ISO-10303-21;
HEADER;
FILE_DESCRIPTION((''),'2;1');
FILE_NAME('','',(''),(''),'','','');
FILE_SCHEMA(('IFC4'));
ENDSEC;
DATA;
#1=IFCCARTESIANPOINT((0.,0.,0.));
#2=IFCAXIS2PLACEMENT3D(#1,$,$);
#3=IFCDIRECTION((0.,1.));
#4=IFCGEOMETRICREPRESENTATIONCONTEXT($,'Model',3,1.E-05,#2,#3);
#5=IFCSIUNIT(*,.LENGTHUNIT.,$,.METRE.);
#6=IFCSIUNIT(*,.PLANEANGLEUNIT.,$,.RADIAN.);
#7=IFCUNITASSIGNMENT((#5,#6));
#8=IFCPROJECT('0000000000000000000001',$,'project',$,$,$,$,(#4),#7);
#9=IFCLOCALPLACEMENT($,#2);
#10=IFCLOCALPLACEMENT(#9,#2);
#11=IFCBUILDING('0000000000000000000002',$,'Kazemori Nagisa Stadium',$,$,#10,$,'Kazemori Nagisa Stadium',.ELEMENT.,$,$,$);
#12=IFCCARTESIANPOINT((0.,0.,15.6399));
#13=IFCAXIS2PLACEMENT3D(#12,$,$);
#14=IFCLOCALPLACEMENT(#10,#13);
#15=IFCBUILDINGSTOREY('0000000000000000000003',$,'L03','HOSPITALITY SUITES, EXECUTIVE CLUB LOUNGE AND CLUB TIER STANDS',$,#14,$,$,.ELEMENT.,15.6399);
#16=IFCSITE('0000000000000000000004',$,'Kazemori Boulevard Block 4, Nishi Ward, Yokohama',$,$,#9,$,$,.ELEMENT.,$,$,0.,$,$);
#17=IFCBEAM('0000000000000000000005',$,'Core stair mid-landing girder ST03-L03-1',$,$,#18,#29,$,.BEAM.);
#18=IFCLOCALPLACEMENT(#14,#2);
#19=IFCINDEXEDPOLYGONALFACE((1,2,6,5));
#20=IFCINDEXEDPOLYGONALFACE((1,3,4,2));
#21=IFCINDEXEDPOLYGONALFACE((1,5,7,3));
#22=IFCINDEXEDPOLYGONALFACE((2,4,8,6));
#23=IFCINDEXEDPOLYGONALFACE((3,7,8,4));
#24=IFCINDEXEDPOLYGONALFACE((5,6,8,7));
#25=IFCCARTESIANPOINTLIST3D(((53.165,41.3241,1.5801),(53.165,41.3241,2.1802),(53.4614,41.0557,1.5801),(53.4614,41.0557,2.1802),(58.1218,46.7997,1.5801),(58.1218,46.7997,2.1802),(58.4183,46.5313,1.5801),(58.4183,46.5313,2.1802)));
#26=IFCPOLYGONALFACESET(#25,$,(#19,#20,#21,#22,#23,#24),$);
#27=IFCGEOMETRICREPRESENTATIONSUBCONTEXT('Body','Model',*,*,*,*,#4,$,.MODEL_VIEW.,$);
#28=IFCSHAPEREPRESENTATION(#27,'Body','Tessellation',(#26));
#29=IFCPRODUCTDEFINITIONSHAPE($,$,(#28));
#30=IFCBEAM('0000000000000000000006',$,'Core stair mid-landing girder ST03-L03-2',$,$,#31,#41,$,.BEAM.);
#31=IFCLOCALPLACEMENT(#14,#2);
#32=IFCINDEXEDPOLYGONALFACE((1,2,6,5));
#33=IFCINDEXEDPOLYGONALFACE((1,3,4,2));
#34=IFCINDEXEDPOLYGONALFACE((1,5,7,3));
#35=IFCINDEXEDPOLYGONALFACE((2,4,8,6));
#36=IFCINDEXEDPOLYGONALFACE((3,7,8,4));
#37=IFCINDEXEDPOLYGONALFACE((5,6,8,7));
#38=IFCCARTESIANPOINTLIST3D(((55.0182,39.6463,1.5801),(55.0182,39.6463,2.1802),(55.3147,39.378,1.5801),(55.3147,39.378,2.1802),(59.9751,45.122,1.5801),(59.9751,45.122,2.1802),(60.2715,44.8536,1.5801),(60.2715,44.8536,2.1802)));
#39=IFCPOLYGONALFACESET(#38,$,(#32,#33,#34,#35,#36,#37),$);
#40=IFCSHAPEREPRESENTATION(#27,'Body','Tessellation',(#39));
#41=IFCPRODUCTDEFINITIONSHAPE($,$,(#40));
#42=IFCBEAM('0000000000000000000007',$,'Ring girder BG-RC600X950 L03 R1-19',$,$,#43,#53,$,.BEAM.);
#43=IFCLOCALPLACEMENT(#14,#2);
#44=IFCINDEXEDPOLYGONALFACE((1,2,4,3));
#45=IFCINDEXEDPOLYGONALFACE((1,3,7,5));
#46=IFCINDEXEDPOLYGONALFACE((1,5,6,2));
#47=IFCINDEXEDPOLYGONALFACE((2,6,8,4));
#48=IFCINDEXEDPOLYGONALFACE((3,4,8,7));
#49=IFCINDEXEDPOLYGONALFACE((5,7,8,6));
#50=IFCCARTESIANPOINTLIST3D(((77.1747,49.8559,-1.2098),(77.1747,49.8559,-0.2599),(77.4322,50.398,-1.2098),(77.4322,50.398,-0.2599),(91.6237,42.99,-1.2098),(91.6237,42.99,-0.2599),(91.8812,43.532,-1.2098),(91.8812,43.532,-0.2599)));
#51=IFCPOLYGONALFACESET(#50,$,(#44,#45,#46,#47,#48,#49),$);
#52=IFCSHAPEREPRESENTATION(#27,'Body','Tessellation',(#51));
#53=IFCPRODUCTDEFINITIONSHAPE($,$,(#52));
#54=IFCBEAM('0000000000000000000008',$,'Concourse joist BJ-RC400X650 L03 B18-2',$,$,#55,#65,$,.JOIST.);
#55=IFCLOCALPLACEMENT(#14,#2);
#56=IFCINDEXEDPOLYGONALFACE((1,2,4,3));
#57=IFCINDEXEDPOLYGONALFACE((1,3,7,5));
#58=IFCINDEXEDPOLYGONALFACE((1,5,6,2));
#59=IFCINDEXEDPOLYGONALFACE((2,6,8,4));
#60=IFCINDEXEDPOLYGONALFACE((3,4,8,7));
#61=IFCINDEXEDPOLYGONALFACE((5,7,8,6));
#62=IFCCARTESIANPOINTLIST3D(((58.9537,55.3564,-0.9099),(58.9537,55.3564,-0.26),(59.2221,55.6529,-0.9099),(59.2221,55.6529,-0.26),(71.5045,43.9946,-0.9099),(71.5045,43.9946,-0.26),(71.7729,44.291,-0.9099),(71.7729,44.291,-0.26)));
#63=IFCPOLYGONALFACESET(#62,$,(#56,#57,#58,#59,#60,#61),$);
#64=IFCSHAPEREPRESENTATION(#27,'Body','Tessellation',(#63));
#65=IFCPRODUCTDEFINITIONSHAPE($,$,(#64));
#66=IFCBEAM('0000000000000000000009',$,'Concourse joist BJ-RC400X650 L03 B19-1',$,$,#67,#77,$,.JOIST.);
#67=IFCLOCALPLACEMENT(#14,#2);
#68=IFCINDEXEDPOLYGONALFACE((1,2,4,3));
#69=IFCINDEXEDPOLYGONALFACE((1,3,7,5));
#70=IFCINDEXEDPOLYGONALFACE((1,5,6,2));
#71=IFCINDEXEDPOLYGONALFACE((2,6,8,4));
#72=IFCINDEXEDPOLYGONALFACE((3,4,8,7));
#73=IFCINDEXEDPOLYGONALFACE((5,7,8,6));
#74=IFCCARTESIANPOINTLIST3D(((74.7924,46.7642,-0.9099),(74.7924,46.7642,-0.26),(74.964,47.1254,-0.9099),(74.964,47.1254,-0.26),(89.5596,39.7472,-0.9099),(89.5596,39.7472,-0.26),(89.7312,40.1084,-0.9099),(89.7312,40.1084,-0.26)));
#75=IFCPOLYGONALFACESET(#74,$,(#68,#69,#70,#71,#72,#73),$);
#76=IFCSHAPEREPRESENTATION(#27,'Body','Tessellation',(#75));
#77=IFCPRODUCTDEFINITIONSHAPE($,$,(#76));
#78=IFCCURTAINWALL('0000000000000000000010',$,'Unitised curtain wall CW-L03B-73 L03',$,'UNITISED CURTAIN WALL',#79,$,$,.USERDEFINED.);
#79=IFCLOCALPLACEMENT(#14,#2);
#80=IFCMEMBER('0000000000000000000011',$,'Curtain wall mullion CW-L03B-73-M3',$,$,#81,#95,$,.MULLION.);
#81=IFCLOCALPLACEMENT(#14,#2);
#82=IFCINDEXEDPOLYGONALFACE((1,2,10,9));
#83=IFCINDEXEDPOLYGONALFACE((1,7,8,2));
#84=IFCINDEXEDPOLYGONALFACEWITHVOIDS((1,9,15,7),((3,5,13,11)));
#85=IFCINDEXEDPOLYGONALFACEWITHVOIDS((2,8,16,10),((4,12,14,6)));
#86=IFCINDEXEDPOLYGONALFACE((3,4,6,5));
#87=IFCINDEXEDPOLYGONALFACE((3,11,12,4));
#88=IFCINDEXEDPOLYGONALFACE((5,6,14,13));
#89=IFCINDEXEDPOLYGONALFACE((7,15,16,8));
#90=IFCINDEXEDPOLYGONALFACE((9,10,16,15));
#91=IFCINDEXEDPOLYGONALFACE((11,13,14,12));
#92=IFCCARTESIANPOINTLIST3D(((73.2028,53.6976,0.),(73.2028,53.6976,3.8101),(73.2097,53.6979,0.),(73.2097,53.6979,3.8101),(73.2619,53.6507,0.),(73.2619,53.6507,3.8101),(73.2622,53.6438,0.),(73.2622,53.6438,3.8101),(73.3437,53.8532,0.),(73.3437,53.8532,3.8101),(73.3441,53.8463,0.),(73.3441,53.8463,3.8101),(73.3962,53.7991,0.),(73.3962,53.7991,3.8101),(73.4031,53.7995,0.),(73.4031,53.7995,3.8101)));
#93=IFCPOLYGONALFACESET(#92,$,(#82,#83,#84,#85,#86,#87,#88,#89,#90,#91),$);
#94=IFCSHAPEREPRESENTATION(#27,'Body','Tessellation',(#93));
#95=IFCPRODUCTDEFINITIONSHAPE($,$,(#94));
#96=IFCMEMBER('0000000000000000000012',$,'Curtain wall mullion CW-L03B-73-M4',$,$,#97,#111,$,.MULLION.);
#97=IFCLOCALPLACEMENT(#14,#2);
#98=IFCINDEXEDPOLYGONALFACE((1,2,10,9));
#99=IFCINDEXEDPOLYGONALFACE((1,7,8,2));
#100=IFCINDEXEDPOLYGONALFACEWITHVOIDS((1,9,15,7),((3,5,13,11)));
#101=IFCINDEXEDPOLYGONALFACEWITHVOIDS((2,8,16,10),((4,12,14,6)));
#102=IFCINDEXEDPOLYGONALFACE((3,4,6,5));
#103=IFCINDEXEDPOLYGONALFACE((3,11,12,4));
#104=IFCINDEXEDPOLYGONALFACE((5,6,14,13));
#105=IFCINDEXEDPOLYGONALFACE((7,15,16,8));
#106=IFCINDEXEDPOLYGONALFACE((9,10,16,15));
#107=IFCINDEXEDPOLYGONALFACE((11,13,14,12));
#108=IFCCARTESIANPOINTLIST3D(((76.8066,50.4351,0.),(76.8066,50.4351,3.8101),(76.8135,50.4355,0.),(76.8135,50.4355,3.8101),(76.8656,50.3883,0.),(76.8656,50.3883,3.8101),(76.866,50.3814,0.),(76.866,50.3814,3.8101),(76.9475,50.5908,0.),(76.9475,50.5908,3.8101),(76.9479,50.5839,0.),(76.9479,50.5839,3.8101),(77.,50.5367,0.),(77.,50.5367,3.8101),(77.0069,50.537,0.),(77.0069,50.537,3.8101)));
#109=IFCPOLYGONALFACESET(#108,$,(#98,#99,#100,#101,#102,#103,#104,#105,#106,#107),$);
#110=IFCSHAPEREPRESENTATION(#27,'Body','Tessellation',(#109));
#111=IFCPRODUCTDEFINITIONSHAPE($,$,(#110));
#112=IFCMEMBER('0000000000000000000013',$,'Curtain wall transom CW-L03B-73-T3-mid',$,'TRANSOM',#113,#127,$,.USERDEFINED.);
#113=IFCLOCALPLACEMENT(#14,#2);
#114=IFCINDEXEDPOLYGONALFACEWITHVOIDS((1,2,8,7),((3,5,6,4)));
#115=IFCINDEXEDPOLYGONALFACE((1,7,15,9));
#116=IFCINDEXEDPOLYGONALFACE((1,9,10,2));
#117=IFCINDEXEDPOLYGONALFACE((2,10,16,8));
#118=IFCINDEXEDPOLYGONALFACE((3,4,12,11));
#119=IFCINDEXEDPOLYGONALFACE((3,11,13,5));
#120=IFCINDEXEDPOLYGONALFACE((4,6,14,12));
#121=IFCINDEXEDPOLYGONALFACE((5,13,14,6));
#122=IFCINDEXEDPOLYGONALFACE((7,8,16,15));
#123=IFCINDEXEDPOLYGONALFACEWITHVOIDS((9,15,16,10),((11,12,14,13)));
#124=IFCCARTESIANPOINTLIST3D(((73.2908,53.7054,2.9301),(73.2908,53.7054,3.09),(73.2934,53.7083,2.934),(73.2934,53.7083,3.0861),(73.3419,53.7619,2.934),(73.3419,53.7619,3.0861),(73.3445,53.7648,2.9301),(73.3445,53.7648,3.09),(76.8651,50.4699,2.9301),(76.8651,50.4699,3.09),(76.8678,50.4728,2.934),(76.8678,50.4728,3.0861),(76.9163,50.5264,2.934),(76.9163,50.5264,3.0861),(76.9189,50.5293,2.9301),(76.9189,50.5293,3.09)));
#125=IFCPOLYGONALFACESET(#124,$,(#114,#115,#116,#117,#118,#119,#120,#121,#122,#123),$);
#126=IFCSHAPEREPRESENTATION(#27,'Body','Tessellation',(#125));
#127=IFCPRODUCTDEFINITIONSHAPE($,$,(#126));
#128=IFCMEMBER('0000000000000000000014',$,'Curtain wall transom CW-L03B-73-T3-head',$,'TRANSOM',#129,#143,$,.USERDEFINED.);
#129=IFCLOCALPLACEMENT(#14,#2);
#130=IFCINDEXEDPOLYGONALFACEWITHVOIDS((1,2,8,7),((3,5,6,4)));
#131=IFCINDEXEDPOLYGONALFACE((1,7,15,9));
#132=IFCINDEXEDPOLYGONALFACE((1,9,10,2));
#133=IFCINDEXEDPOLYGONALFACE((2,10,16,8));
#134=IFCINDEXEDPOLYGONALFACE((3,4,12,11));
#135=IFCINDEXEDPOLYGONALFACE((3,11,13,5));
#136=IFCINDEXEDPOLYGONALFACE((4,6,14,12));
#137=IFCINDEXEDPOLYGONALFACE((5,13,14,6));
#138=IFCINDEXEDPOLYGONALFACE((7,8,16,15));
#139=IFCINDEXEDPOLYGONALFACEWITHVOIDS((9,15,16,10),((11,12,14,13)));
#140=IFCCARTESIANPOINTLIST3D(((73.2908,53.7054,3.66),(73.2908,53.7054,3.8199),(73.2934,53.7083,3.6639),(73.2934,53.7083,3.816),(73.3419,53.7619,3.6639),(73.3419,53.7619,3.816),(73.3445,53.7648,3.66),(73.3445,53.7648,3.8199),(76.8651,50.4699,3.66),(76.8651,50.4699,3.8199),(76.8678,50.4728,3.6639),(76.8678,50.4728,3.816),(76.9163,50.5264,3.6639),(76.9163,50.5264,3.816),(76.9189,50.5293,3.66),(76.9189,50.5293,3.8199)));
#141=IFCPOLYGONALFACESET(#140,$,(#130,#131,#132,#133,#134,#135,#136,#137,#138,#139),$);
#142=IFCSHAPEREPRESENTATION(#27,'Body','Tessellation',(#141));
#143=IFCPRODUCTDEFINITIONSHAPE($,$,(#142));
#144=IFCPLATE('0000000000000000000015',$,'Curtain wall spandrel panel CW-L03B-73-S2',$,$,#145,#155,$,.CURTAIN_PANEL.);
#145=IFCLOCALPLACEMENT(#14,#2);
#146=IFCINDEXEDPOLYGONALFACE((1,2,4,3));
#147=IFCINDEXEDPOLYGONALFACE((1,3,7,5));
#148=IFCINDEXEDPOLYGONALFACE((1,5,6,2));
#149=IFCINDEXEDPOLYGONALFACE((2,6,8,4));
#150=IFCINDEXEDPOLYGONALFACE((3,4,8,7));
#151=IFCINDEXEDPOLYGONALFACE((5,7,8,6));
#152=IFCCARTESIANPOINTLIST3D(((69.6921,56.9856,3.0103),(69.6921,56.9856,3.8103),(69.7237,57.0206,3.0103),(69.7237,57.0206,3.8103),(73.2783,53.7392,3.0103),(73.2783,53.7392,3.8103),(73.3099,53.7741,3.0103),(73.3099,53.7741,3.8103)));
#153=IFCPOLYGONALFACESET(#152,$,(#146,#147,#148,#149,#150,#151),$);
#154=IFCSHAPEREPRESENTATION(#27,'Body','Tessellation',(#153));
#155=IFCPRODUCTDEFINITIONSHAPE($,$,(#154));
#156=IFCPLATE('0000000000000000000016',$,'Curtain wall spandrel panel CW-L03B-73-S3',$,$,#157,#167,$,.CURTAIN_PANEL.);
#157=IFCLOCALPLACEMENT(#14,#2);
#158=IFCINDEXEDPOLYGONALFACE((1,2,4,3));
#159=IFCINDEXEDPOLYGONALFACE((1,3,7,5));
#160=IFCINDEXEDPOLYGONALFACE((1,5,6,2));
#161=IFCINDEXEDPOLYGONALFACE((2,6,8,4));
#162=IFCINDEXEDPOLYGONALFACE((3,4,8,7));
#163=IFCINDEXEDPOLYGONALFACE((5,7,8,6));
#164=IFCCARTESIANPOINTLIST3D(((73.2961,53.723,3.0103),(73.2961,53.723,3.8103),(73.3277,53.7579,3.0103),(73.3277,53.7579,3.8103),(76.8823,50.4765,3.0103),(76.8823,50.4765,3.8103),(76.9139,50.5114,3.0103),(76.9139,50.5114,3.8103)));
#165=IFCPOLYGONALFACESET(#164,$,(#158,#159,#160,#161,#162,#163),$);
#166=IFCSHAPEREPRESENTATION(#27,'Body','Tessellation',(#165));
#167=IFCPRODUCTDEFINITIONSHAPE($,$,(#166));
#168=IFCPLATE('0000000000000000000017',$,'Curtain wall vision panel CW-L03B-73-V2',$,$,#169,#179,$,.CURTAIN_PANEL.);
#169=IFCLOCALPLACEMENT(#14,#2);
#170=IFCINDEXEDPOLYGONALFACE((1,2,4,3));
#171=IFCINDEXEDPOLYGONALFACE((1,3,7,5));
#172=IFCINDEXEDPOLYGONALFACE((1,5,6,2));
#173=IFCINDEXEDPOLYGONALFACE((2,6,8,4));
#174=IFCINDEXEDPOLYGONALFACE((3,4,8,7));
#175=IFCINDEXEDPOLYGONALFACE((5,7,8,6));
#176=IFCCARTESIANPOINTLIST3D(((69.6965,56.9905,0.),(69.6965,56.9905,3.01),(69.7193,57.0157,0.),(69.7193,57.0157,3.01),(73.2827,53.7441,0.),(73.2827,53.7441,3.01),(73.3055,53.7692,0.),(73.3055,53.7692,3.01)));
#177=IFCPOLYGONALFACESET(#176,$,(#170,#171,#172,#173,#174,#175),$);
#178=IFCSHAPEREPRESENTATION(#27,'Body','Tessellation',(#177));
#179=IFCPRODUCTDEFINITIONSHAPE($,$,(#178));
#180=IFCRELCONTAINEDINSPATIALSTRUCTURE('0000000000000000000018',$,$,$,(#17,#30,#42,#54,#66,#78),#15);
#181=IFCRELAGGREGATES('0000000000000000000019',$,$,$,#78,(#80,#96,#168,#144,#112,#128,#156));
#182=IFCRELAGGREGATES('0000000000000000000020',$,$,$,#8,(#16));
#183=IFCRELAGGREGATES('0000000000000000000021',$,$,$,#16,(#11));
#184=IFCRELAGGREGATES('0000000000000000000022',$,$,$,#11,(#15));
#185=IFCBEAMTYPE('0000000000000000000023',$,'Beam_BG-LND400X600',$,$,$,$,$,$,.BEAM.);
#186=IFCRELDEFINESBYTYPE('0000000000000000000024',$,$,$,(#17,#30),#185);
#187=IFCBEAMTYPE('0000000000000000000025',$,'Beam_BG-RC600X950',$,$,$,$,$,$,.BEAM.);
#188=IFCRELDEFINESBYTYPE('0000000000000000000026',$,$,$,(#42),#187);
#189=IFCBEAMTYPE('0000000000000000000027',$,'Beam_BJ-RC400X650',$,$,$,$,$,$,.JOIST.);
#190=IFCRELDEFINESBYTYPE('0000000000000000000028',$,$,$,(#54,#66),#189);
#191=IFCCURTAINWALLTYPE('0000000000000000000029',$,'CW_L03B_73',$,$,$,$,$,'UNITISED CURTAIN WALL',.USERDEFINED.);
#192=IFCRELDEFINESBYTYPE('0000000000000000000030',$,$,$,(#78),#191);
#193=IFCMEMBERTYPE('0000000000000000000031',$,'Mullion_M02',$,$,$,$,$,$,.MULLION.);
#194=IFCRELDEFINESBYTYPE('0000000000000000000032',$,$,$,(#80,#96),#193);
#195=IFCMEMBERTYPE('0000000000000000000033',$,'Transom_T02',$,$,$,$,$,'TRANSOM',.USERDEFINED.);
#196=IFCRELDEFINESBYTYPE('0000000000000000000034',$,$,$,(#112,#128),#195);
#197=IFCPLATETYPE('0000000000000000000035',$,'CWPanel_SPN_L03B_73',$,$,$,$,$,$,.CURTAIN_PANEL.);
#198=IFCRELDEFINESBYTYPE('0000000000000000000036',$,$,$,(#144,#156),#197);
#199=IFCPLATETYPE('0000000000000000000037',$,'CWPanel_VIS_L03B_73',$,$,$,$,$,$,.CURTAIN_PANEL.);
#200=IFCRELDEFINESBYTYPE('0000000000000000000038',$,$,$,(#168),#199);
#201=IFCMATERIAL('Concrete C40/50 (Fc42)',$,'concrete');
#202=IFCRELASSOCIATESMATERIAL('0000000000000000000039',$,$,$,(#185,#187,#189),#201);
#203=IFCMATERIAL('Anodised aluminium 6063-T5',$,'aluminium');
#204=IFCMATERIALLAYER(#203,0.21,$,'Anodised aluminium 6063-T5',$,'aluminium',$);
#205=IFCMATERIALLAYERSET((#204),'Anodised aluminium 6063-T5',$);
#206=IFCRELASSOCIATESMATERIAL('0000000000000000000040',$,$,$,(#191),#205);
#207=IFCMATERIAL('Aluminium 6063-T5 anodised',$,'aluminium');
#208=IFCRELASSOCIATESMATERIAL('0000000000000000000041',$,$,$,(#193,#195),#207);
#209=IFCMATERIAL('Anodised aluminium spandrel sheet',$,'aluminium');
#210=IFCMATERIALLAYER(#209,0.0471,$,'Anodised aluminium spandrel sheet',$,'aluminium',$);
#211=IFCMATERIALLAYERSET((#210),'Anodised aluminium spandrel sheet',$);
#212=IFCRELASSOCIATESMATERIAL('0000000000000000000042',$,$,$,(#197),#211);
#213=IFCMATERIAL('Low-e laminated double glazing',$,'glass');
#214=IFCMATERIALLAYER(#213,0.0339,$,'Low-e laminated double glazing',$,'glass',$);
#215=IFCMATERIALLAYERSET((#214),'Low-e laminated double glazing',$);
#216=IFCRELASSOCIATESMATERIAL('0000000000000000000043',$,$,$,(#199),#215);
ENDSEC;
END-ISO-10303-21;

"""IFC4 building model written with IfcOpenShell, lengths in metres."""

from ifc_helpers import new_model, si_unit, direction, frame, origin, origin_2d, place, context, subcontext, project, spatial, rectangle, hollow_rectangle, extrude, material, layer, layer_set, material_profile, profile_set, type_object, element, aggregate, save


model = new_model("IFC4")

# Units and contexts
model_context = context("Model", 3, precision=1e-05, world=origin(), true_north=direction((0.0, 1.0)))
body_context = subcontext(model_context, "Body", "Model", "MODEL_VIEW")
ifc_project = project(units=[si_unit("LENGTHUNIT", "METRE"), si_unit("PLANEANGLEUNIT", "RADIAN")], contexts=[model_context])

# Site, building, storey
site_placement = place(None, origin())
site = spatial("IfcSite", under=ifc_project, at=site_placement, Name="Kazemori Boulevard Block 4, Nishi Ward, Yokohama", CompositionType="ELEMENT", RefElevation=0.0)
building_placement = place(site_placement, origin())
building = spatial("IfcBuilding", under=site, at=building_placement, Name="Kazemori Nagisa Stadium", LongName="Kazemori Nagisa Stadium", CompositionType="ELEMENT")
storey_placement = place(building_placement, frame((0.0, 0.0, 15.6399)))
storey = spatial("IfcBuildingStorey", under=building, at=storey_placement, Name="L03", Description="HOSPITALITY SUITES, EXECUTIVE CLUB LOUNGE AND CLUB TIER STANDS", CompositionType="ELEMENT", Elevation=15.6399)

# Shared definitions
ifc_material_1 = material(Name="Concrete C40/50 (Fc42)", Category="concrete")

# Beams
ifc_material_profile_1 = material_profile(ifc_material_1, rectangle(XDim=0.3999, YDim=0.6001, at=origin_2d()), Name="RC-BM-400x600")
ifc_profile_set_1 = profile_set([ifc_material_profile_1], Name="Concrete C40/50 (Fc42)")
beam_type_1 = type_object("IfcBeamType", Name="Beam_BG-LND400X600", PredefinedType="BEAM", material=ifc_profile_set_1)
for number, where, z_axis, x_axis, name in (
    (1, (58.27, 46.6655, 1.8801), (-0.671113, -0.741355, 0.0), (0.741355, -0.671113, 0.0), "Core stair mid-landing girder ST03-L03-1"),
    (2, (60.1233, 44.9878, 1.8801), (-0.671113, -0.741355, 0.0), (0.741355, -0.671113, 0.0), "Core stair mid-landing girder ST03-L03-2"),
):
    element("IfcBeam", number, at=place(storey_placement, frame(where, z_axis=z_axis, x_axis=x_axis)), inside=storey, type_object=beam_type_1, Name=name, PredefinedType="BEAM", context=body_context, shape_type="SweptSolid", body=[
        extrude(rectangle(XDim=0.3999, YDim=0.6001, at=origin_2d()), origin(), (0.0, 0.0, 1.0), 7.386),
    ])
ifc_material_profile_2 = material_profile(ifc_material_1, rectangle(XDim=0.6001, YDim=0.95, at=origin_2d()), Name="RC-BM-600x950")
ifc_profile_set_2 = profile_set([ifc_material_profile_2], Name="Concrete C40/50 (Fc42)")
beam_type_2 = type_object("IfcBeamType", Name="Beam_BG-RC600X950", PredefinedType="BEAM", material=ifc_profile_set_2)
beam_1_placement = place(storey_placement, frame((77.3035, 50.127, -0.7349), z_axis=(0.903212, -0.429195, 0.0), x_axis=(0.429195, 0.903212, 0.0)))
element("IfcBeam", 3, at=beam_1_placement, inside=storey, type_object=beam_type_2, Name="Ring girder BG-RC600X950 L03 R1-19", PredefinedType="BEAM", context=body_context, shape_type="SweptSolid", body=[
    extrude(rectangle(XDim=0.6001, YDim=0.95, at=origin_2d()), origin(), (0.0, 0.0, 1.0), 15.9973),
])
ifc_material_profile_3 = material_profile(ifc_material_1, rectangle(XDim=0.3999, YDim=0.6499, at=origin_2d()), Name="RC-BM-400x650")
ifc_profile_set_3 = profile_set([ifc_material_profile_3], Name="Concrete C40/50 (Fc42)")
beam_type_3 = type_object("IfcBeamType", Name="Beam_BJ-RC400X650", PredefinedType="JOIST", material=ifc_profile_set_3)
beam_2_placement = place(storey_placement, frame((59.0879, 55.5046, -0.585), z_axis=(0.741349, -0.671119, 0.0), x_axis=(0.671119, 0.741349, 0.0)))
element("IfcBeam", 4, at=beam_2_placement, inside=storey, type_object=beam_type_3, Name="Concourse joist BJ-RC400X650 L03 B18-2", PredefinedType="JOIST", context=body_context, shape_type="SweptSolid", body=[
    extrude(rectangle(XDim=0.3999, YDim=0.6499, at=origin_2d()), origin(), (0.0, 0.0, 1.0), 16.9297),
])
beam_3_placement = place(storey_placement, frame((74.8782, 46.9448, -0.585), z_axis=(0.903216, -0.429187, 0.0), x_axis=(0.429187, 0.903216, 0.0)))
element("IfcBeam", 5, at=beam_3_placement, inside=storey, type_object=beam_type_3, Name="Concourse joist BJ-RC400X650 L03 B19-1", PredefinedType="JOIST", context=body_context, shape_type="SweptSolid", body=[
    extrude(rectangle(XDim=0.3999, YDim=0.6499, at=origin_2d()), origin(), (0.0, 0.0, 1.0), 16.3496),
])

# Curtain wall, members, plates
ifc_material_2 = material(Name="Anodised aluminium 6063-T5", Category="aluminium")
ifc_layer_1 = layer(ifc_material_2, 0.21, Name="Anodised aluminium 6063-T5", Category="aluminium")
ifc_layer_set_1 = layer_set([ifc_layer_1], Name="Anodised aluminium 6063-T5")
curtain_wall_type = type_object("IfcCurtainWallType", Name="CW_L03B_73", ElementType="UNITISED CURTAIN WALL", PredefinedType="USERDEFINED", material=ifc_layer_set_1)
curtain_wall_placement = place(storey_placement, origin())
curtain_wall = element("IfcCurtainWall", 6, at=curtain_wall_placement, inside=storey, type_object=curtain_wall_type, Name="Unitised curtain wall CW-L03B-73 L03", ObjectType="UNITISED CURTAIN WALL", PredefinedType="USERDEFINED")
ifc_material_3 = material(Name="Aluminium 6063-T5 anodised", Category="aluminium")
ifc_material_profile_4 = material_profile(ifc_material_3, hollow_rectangle(XDim=0.0801, YDim=0.21, WallThickness=0.0049, at=origin_2d()), Name="ALU-MULL-80x210x5")
ifc_profile_set_4 = profile_set([ifc_material_profile_4], Name="Aluminium 6063-T5 anodised")
member_type_1 = type_object("IfcMemberType", Name="Mullion_M02", PredefinedType="MULLION", material=ifc_profile_set_4)
member_1_placement = place(storey_placement, frame((73.303, 53.7485, 0.0), z_axis=(0.0, 0.0, 1.0), x_axis=(0.741351, -0.671118, 0.0)))
member_1 = element("IfcMember", 7, at=member_1_placement, type_object=member_type_1, Name="Curtain wall mullion CW-L03B-73-M3", PredefinedType="MULLION", context=body_context, shape_type="SweptSolid", body=[
    extrude(hollow_rectangle(XDim=0.0801, YDim=0.21, WallThickness=0.0049, at=origin_2d()), origin(), (0.0, 0.0, 1.0), 3.8101),
])
member_2_placement = place(storey_placement, frame((76.9067, 50.4861, 0.0), z_axis=(0.0, 0.0, 1.0), x_axis=(0.741351, -0.671118, 0.0)))
member_2 = element("IfcMember", 8, at=member_2_placement, type_object=member_type_1, Name="Curtain wall mullion CW-L03B-73-M4", PredefinedType="MULLION", context=body_context, shape_type="SweptSolid", body=[
    extrude(hollow_rectangle(XDim=0.0801, YDim=0.21, WallThickness=0.0049, at=origin_2d()), origin(), (0.0, 0.0, 1.0), 3.8101),
])
ifc_material_profile_5 = material_profile(ifc_material_3, hollow_rectangle(XDim=0.0801, YDim=0.1599, WallThickness=0.0039, at=origin_2d()), Name="ALU-TRAN-80x160x4")
ifc_profile_set_5 = profile_set([ifc_material_profile_5], Name="Aluminium 6063-T5 anodised")
member_type_2 = type_object("IfcMemberType", Name="Transom_T02", ElementType="TRANSOM", PredefinedType="USERDEFINED", material=ifc_profile_set_5)
member_3_placement = place(storey_placement, frame((73.3176, 53.7351, 3.01), z_axis=(0.741375, -0.671091, 0.0), x_axis=(0.671091, 0.741375, 0.0)))
member_3 = element("IfcMember", 9, at=member_3_placement, type_object=member_type_2, Name="Curtain wall transom CW-L03B-73-T3-mid", ObjectType="TRANSOM", PredefinedType="USERDEFINED", context=body_context, shape_type="SweptSolid", body=[
    extrude(hollow_rectangle(XDim=0.0801, YDim=0.1599, WallThickness=0.0039, at=origin_2d()), origin(), (0.0, 0.0, 1.0), 4.8213),
])
member_4_placement = place(storey_placement, frame((73.3176, 53.7351, 3.74), z_axis=(0.741375, -0.671091, 0.0), x_axis=(0.671091, 0.741375, 0.0)))
member_4 = element("IfcMember", 10, at=member_4_placement, type_object=member_type_2, Name="Curtain wall transom CW-L03B-73-T3-head", ObjectType="TRANSOM", PredefinedType="USERDEFINED", context=body_context, shape_type="SweptSolid", body=[
    extrude(hollow_rectangle(XDim=0.0801, YDim=0.1599, WallThickness=0.0039, at=origin_2d()), origin(), (0.0, 0.0, 1.0), 4.8213),
])
ifc_material_4 = material(Name="Anodised aluminium spandrel sheet", Category="aluminium")
ifc_layer_2 = layer(ifc_material_4, 0.0471, Name="Anodised aluminium spandrel sheet", Category="aluminium")
ifc_layer_set_2 = layer_set([ifc_layer_2], Name="Anodised aluminium spandrel sheet")
plate_type_1 = type_object("IfcPlateType", Name="CWPanel_SPN_L03B_73", PredefinedType="CURTAIN_PANEL", material=ifc_layer_set_2)
plate_1_placement = place(storey_placement, frame((71.501, 55.3799, 3.0103), z_axis=(0.0, 0.0, 1.0), x_axis=(0.741351, -0.671118, 0.0)))
plate_1 = element("IfcPlate", 11, at=plate_1_placement, type_object=plate_type_1, Name="Curtain wall spandrel panel CW-L03B-73-S2", PredefinedType="CURTAIN_PANEL", context=body_context, shape_type="SweptSolid", body=[
    extrude(rectangle(XDim=4.8374, YDim=0.0471, at=origin_2d()), origin(), (0.0, 0.0, 1.0), 0.8),
])
plate_2_placement = place(storey_placement, frame((75.105, 52.1172, 3.0103), z_axis=(0.0, 0.0, 1.0), x_axis=(0.741351, -0.671118, 0.0)))
plate_2 = element("IfcPlate", 12, at=plate_2_placement, type_object=plate_type_1, Name="Curtain wall spandrel panel CW-L03B-73-S3", PredefinedType="CURTAIN_PANEL", context=body_context, shape_type="SweptSolid", body=[
    extrude(rectangle(XDim=4.8374, YDim=0.0471, at=origin_2d()), origin(), (0.0, 0.0, 1.0), 0.8),
])
ifc_material_5 = material(Name="Low-e laminated double glazing", Category="glass")
ifc_layer_3 = layer(ifc_material_5, 0.0339, Name="Low-e laminated double glazing", Category="glass")
ifc_layer_set_3 = layer_set([ifc_layer_3], Name="Low-e laminated double glazing")
plate_type_2 = type_object("IfcPlateType", Name="CWPanel_VIS_L03B_73", PredefinedType="CURTAIN_PANEL", material=ifc_layer_set_3)
plate_3_placement = place(storey_placement, frame((71.501, 55.3799, 0.0), z_axis=(0.0, 0.0, 1.0), x_axis=(0.741351, -0.671118, 0.0)))
plate_3 = element("IfcPlate", 13, at=plate_3_placement, type_object=plate_type_2, Name="Curtain wall vision panel CW-L03B-73-V2", PredefinedType="CURTAIN_PANEL", context=body_context, shape_type="SweptSolid", body=[
    extrude(rectangle(XDim=4.8374, YDim=0.0339, at=origin_2d()), origin(), (0.0, 0.0, 1.0), 3.01),
])
aggregate(curtain_wall, [member_1, member_2, plate_3, plate_1, member_3, member_4, plate_2])

save(model, "model.ifc")
